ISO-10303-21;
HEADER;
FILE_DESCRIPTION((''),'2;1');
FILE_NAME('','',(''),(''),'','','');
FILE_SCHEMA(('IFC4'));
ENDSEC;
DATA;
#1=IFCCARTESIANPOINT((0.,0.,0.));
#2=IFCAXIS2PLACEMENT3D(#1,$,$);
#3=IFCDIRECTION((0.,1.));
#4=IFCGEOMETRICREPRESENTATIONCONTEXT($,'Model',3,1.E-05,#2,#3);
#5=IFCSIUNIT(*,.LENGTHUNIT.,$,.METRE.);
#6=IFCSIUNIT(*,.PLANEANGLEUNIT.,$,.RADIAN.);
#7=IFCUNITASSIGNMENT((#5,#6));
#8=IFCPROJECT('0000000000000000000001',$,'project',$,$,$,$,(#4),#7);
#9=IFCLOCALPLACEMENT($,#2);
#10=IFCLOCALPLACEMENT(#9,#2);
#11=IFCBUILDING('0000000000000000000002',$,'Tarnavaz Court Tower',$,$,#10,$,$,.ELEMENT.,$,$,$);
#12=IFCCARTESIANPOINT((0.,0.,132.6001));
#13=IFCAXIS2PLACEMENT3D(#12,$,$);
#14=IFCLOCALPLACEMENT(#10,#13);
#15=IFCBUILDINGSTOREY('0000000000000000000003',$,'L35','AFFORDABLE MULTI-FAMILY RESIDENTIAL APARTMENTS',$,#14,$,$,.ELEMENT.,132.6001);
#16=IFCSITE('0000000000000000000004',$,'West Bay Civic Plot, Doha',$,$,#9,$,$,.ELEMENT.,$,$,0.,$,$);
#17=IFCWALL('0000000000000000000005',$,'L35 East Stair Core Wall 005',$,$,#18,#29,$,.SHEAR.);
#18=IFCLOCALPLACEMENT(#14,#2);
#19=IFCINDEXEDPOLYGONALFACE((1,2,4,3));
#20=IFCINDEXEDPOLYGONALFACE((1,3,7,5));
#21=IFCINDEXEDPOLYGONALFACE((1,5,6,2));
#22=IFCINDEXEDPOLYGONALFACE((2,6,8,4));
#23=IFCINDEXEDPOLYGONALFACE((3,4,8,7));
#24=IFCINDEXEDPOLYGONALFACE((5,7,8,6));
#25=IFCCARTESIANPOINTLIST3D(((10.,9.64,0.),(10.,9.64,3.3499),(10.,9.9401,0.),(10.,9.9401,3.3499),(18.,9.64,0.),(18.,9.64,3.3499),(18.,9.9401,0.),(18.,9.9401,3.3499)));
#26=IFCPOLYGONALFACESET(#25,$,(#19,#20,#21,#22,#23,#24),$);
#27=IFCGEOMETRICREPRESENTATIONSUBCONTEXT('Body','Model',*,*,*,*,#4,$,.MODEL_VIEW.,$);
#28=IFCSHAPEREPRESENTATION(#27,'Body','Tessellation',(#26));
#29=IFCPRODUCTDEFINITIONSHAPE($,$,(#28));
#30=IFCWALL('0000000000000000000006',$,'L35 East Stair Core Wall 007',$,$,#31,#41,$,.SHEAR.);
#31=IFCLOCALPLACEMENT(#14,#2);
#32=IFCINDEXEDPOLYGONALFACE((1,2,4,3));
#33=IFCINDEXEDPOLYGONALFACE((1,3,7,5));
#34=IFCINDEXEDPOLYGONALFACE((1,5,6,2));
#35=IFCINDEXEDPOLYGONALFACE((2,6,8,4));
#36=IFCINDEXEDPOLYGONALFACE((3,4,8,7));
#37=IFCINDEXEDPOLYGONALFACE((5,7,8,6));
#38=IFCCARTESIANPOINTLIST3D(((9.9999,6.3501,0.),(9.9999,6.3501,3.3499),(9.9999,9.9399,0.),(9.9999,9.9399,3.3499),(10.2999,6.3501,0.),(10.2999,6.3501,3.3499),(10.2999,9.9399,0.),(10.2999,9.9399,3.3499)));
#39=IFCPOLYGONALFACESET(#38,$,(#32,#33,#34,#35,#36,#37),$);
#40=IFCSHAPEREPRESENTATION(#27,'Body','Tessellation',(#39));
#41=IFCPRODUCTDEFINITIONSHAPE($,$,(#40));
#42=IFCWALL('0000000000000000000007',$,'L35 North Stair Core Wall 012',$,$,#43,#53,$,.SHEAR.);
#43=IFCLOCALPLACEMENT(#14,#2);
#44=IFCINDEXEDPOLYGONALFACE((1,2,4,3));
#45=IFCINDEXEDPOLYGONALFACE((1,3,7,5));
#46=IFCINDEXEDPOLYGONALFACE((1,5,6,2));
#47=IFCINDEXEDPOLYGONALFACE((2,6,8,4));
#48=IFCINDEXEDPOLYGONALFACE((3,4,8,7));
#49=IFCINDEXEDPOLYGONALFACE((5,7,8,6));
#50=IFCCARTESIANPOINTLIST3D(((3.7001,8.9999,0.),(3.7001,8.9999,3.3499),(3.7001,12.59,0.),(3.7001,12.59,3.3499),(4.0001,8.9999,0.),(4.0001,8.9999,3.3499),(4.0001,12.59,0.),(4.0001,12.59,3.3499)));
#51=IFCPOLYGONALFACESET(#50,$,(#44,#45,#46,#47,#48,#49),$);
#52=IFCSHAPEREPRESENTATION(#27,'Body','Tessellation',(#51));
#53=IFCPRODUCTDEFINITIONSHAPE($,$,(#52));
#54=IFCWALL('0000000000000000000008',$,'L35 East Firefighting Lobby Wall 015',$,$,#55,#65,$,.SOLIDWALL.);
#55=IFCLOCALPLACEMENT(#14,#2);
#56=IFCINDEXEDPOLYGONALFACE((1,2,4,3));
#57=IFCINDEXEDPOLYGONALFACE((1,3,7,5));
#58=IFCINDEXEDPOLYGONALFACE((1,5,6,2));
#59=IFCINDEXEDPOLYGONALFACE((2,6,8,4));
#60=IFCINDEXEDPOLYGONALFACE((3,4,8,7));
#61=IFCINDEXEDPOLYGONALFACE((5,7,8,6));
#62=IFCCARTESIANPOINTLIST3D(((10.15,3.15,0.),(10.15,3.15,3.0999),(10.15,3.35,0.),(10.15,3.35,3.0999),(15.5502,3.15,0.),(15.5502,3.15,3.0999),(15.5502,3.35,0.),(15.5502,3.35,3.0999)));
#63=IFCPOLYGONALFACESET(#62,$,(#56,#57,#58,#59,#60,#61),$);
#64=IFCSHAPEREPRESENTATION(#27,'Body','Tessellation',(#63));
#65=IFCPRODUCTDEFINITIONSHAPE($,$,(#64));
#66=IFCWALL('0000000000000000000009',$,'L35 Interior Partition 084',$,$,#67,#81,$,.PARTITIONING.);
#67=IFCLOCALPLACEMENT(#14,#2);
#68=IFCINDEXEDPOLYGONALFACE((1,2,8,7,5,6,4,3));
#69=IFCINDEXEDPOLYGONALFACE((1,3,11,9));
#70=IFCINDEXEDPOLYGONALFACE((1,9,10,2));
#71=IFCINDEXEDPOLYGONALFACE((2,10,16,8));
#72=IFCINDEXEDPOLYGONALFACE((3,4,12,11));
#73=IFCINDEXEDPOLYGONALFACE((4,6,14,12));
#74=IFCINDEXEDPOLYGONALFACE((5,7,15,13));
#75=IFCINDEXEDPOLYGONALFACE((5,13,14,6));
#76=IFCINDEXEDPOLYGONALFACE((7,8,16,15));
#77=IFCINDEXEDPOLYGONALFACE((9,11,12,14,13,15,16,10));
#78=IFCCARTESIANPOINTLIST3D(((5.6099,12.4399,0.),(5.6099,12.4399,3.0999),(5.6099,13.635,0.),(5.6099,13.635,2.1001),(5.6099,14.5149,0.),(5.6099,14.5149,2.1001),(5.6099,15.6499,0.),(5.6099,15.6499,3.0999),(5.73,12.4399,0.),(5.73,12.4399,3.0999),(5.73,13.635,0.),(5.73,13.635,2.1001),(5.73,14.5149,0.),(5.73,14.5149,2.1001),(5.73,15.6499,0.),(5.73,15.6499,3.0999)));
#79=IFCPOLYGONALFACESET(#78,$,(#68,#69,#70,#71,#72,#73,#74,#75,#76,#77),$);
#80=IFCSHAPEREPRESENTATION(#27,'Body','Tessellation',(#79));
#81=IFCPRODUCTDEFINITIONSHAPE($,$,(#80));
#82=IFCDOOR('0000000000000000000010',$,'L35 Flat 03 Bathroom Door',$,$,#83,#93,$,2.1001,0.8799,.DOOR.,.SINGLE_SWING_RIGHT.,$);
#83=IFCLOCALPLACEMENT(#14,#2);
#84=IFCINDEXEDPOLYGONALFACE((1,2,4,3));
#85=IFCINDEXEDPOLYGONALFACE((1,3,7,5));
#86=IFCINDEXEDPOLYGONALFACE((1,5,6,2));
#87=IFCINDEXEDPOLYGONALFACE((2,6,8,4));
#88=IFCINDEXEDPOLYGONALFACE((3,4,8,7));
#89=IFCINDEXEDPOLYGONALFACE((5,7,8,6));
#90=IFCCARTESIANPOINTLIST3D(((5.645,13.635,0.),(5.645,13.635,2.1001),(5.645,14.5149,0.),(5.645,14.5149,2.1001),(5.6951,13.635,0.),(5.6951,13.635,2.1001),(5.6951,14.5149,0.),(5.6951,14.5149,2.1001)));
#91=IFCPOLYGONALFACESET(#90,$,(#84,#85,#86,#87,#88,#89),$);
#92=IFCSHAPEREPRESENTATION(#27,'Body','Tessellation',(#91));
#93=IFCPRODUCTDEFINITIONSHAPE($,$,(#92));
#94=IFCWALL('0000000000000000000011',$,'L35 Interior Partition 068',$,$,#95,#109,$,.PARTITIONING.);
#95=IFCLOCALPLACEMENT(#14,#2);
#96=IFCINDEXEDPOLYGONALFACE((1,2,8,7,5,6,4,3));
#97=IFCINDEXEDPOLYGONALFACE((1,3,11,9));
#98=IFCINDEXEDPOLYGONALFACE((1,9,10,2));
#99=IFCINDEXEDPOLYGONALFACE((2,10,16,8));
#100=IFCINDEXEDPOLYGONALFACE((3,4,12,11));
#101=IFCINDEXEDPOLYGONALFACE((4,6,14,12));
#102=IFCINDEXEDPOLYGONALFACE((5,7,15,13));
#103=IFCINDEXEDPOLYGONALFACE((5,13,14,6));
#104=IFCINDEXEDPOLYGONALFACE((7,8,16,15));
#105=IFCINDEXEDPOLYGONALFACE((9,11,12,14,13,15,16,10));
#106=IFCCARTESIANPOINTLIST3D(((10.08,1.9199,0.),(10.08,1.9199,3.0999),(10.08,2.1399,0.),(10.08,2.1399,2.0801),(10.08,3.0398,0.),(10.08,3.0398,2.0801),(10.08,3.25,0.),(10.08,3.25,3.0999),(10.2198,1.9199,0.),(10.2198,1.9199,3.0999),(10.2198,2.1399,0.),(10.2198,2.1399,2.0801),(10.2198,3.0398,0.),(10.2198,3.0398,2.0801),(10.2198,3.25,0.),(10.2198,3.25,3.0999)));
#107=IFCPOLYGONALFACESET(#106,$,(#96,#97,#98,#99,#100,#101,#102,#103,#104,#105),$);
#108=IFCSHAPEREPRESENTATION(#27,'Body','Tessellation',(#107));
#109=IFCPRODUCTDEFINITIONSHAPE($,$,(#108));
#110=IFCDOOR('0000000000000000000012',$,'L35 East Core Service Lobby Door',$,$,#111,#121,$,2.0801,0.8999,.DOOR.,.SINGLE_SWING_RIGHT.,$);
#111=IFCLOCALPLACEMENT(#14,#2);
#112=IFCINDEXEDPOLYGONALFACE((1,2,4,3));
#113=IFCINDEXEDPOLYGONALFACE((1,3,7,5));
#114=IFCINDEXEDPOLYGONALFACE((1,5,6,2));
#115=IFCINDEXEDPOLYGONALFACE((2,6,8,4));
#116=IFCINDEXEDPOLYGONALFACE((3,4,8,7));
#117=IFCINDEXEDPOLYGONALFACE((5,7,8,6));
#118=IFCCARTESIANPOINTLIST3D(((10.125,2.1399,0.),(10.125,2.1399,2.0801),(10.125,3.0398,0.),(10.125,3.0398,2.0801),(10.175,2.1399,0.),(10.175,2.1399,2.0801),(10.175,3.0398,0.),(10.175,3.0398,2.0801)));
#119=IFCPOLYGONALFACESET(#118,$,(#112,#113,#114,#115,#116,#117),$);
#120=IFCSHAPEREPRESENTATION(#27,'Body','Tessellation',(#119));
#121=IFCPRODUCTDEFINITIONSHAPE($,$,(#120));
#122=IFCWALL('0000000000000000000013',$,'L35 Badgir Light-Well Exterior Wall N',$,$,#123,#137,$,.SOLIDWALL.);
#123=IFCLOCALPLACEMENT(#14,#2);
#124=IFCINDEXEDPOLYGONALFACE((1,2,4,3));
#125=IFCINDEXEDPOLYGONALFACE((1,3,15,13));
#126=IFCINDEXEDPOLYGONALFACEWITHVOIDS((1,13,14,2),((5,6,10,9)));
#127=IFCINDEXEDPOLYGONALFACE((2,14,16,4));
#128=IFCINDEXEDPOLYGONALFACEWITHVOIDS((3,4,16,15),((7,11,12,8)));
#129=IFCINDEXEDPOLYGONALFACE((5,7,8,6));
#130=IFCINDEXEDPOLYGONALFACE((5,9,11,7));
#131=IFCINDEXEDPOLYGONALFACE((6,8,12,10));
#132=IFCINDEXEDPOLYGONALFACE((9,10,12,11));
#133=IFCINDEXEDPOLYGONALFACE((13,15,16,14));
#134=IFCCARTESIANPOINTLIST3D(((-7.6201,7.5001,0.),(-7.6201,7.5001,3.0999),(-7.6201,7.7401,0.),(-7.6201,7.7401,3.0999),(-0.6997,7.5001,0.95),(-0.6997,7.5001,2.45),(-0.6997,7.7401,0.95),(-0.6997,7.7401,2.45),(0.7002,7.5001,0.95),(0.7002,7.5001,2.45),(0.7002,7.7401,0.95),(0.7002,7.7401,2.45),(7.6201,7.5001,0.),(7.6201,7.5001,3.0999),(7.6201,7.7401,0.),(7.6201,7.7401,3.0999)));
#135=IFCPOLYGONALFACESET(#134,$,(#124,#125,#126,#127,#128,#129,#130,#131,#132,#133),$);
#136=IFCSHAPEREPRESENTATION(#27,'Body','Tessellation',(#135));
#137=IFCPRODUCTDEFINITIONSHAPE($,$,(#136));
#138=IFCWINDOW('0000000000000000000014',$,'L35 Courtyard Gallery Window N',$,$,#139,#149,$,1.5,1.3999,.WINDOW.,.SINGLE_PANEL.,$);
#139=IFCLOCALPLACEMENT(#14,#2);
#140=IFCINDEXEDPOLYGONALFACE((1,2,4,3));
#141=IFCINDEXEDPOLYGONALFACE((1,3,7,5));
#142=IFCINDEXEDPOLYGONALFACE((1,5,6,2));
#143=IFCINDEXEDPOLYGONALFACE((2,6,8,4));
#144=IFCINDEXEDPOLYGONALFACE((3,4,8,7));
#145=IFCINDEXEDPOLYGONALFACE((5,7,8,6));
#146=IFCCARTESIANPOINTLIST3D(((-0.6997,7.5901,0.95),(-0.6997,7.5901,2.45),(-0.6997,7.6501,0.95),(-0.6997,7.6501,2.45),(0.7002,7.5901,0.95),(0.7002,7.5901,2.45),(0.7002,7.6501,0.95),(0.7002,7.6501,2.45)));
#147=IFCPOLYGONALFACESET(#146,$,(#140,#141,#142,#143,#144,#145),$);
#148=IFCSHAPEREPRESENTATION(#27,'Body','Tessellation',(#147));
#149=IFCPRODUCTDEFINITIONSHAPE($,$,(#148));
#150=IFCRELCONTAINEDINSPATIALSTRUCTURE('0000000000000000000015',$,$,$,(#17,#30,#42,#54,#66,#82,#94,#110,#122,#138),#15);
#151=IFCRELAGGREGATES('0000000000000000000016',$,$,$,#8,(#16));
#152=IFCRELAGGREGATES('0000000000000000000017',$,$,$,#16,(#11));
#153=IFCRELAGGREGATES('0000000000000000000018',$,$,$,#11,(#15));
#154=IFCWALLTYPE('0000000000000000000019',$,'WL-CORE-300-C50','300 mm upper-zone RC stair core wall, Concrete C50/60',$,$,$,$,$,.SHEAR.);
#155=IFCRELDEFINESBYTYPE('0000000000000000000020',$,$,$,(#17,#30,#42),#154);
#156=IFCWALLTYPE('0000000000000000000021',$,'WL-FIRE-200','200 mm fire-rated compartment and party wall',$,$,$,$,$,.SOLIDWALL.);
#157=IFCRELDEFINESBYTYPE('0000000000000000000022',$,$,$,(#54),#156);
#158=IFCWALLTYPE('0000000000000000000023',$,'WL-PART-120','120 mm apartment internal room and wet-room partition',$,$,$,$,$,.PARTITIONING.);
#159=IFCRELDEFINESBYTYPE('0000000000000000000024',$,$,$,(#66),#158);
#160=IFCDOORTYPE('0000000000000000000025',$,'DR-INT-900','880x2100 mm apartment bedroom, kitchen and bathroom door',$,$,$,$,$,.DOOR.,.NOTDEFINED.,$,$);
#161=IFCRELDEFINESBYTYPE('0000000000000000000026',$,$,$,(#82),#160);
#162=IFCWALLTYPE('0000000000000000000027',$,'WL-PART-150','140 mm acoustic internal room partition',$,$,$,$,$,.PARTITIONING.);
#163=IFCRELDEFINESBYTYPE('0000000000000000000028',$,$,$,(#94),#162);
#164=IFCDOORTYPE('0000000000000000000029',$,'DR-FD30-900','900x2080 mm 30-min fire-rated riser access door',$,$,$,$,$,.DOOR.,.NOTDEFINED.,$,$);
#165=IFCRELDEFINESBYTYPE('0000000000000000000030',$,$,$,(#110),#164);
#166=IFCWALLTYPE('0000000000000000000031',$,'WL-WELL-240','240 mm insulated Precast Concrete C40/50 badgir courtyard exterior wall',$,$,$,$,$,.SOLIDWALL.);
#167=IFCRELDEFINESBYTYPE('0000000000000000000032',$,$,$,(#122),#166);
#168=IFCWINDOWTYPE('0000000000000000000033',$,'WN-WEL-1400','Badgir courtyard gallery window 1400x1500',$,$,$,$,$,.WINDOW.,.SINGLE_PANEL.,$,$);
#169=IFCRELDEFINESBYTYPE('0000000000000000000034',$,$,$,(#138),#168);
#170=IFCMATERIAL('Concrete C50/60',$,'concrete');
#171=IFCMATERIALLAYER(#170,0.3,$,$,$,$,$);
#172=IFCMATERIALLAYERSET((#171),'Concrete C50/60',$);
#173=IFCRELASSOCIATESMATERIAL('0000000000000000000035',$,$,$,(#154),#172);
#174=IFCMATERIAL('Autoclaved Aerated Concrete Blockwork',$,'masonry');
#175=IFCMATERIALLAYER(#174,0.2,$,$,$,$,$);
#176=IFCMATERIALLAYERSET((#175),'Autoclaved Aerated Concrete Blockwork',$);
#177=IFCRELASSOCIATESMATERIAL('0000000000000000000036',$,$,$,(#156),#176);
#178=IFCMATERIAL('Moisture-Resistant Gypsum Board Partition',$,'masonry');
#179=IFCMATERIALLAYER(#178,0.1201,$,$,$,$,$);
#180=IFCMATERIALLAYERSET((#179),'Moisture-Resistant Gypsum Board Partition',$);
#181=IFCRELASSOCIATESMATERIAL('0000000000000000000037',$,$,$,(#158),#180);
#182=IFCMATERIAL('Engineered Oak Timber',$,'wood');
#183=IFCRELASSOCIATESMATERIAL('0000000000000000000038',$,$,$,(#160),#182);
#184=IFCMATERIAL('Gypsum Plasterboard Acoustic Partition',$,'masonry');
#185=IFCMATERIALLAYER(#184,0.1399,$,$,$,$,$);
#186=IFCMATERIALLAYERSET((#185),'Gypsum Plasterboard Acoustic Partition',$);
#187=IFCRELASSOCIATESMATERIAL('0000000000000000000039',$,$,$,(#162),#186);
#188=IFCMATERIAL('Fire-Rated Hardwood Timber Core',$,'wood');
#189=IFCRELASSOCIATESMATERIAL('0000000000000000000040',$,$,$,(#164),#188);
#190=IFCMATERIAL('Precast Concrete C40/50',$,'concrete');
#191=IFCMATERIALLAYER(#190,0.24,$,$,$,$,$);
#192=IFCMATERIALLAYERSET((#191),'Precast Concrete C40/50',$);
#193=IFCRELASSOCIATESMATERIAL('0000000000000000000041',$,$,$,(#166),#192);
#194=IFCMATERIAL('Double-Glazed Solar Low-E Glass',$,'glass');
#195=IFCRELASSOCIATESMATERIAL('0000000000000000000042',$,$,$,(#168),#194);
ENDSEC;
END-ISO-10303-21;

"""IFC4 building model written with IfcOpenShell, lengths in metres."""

from ifc_helpers import new_model, si_unit, direction, frame, frame_2d, origin, place, context, subcontext, project, spatial, rectangle, extrude, material, layer, layer_set, type_object, element, fill, save


model = new_model("IFC4")

# Units and contexts
model_context = context("Model", 3, precision=1e-05, world=origin(), true_north=direction((0.0, 1.0)))
body_context = subcontext(model_context, "Body", "Model", "MODEL_VIEW")
ifc_project = project(units=[si_unit("LENGTHUNIT", "METRE"), si_unit("PLANEANGLEUNIT", "RADIAN")], contexts=[model_context])

# Site, building, storey
site_placement = place(None, origin())
site = spatial("IfcSite", under=ifc_project, at=site_placement, Name="West Bay Civic Plot, Doha", CompositionType="ELEMENT", RefElevation=0.0)
building_placement = place(site_placement, origin())
building = spatial("IfcBuilding", under=site, at=building_placement, Name="Tarnavaz Court Tower", CompositionType="ELEMENT")
storey_placement = place(building_placement, frame((0.0, 0.0, 132.6001)))
storey = spatial("IfcBuildingStorey", under=building, at=storey_placement, Name="L35", Description="AFFORDABLE MULTI-FAMILY RESIDENTIAL APARTMENTS", CompositionType="ELEMENT", Elevation=132.6001)

# Wall
ifc_material_1 = material(Name="Concrete C50/60", Category="concrete")
ifc_layer_1 = layer(ifc_material_1, 0.3)
ifc_layer_set_1 = layer_set([ifc_layer_1], Name="Concrete C50/60")
wall_type_1 = type_object("IfcWallType", Name="WL-CORE-300-C50", Description="300 mm upper-zone RC stair core wall, Concrete C50/60", PredefinedType="SHEAR", material=ifc_layer_set_1)
wall_1_placement = place(storey_placement, frame((10.0, 9.79, 0.0), z_axis=(0.0, 0.0, 1.0), x_axis=(1.0, 0.0, 0.0)))
element("IfcWall", 1, at=wall_1_placement, inside=storey, type_object=wall_type_1, Name="L35 East Stair Core Wall 005", PredefinedType="SHEAR", context=body_context, shape_type="SweptSolid", body=[
    extrude(rectangle(XDim=8.0, YDim=0.3, at=frame_2d((4.0, 0.0))), origin(), (0.0, 0.0, 1.0), 3.3499),
])

# Shared definitions
ifc_material_2 = material(Name="Fire-Rated Hardwood Timber Core", Category="wood")

# Walls
wall_2_placement = place(storey_placement, frame((10.1499, 6.3501, 0.0), z_axis=(0.0, 0.0, 1.0), x_axis=(0.0, 1.0, 0.0)))
element("IfcWall", 2, at=wall_2_placement, inside=storey, type_object=wall_type_1, Name="L35 East Stair Core Wall 007", PredefinedType="SHEAR", context=body_context, shape_type="SweptSolid", body=[
    extrude(rectangle(XDim=3.5898, YDim=0.3, at=frame_2d((1.7949, 0.0))), origin(), (0.0, 0.0, 1.0), 3.3499),
])
wall_3_placement = place(storey_placement, frame((3.8501, 9.0, 0.0), z_axis=(0.0, 0.0, 1.0), x_axis=(0.0, 1.0, 0.0)))
element("IfcWall", 3, at=wall_3_placement, inside=storey, type_object=wall_type_1, Name="L35 North Stair Core Wall 012", PredefinedType="SHEAR", context=body_context, shape_type="SweptSolid", body=[
    extrude(rectangle(XDim=3.5901, YDim=0.3, at=frame_2d((1.7949, 0.0))), origin(), (0.0, 0.0, 1.0), 3.3499),
])
ifc_material_3 = material(Name="Autoclaved Aerated Concrete Blockwork", Category="masonry")
ifc_layer_2 = layer(ifc_material_3, 0.2)
ifc_layer_set_2 = layer_set([ifc_layer_2], Name="Autoclaved Aerated Concrete Blockwork")
wall_type_2 = type_object("IfcWallType", Name="WL-FIRE-200", Description="200 mm fire-rated compartment and party wall", PredefinedType="SOLIDWALL", material=ifc_layer_set_2)
wall_4_placement = place(storey_placement, frame((10.1499, 3.25, 0.0), z_axis=(0.0, 0.0, 1.0), x_axis=(1.0, 0.0, 0.0)))
element("IfcWall", 4, at=wall_4_placement, inside=storey, type_object=wall_type_2, Name="L35 East Firefighting Lobby Wall 015", PredefinedType="SOLIDWALL", context=body_context, shape_type="SweptSolid", body=[
    extrude(rectangle(XDim=5.4001, YDim=0.2, at=frame_2d((2.7002, 0.0))), origin(), (0.0, 0.0, 1.0), 3.0999),
])

# Walls, openings, doors
ifc_material_4 = material(Name="Moisture-Resistant Gypsum Board Partition", Category="masonry")
ifc_layer_3 = layer(ifc_material_4, 0.1201)
ifc_layer_set_3 = layer_set([ifc_layer_3], Name="Moisture-Resistant Gypsum Board Partition")
wall_type_3 = type_object("IfcWallType", Name="WL-PART-120", Description="120 mm apartment internal room and wet-room partition", PredefinedType="PARTITIONING", material=ifc_layer_set_3)
wall_5_placement = place(storey_placement, frame((5.6699, 12.4399, 0.0), z_axis=(0.0, 0.0, 1.0), x_axis=(0.0, 1.0, 0.0)))
wall_5 = element("IfcWall", 5, at=wall_5_placement, inside=storey, type_object=wall_type_3, Name="L35 Interior Partition 084", PredefinedType="PARTITIONING", context=body_context, shape_type="SweptSolid", body=[
    extrude(rectangle(XDim=3.21, YDim=0.1201, at=frame_2d((1.605, 0.0))), origin(), (0.0, 0.0, 1.0), 3.0999),
])
opening_1_placement = place(wall_5_placement, frame((1.1951, 0.0, 0.0)))
opening_1 = element("IfcOpeningElement", 6, at=opening_1_placement, cuts=wall_5, PredefinedType="OPENING", context=body_context, shape_type="SweptSolid", body=[
    extrude(rectangle(XDim=0.8799, YDim=2.1001, at=frame_2d((0.4399, 1.05))), frame((0.0, 0.0701, 0.0), z_axis=(0.0, -1.0, 0.0), x_axis=(1.0, 0.0, 0.0)), (0.0, 0.0, 1.0), 0.1401),
])
ifc_material_5 = material(Name="Engineered Oak Timber", Category="wood")
door_type_1 = type_object("IfcDoorType", Name="DR-INT-900", Description="880x2100 mm apartment bedroom, kitchen and bathroom door", OperationType="NOTDEFINED", PredefinedType="DOOR", material=ifc_material_5)
door_1_placement = place(opening_1_placement, origin())
door_1 = element("IfcDoor", 7, at=door_1_placement, inside=storey, type_object=door_type_1, Name="L35 Flat 03 Bathroom Door", OperationType="SINGLE_SWING_RIGHT", OverallHeight=2.1001, OverallWidth=0.8799, PredefinedType="DOOR", context=body_context, shape_type="SweptSolid", body=[
    extrude(rectangle(XDim=0.8799, YDim=2.1001, at=frame_2d((0.4399, 1.05))), frame((0.0, 0.0249, 0.0), z_axis=(0.0, -1.0, 0.0), x_axis=(1.0, 0.0, 0.0)), (0.0, 0.0, 1.0), 0.05),
])
fill(opening_1, door_1)
ifc_material_6 = material(Name="Gypsum Plasterboard Acoustic Partition", Category="masonry")
ifc_layer_4 = layer(ifc_material_6, 0.1399)
ifc_layer_set_4 = layer_set([ifc_layer_4], Name="Gypsum Plasterboard Acoustic Partition")
wall_type_4 = type_object("IfcWallType", Name="WL-PART-150", Description="140 mm acoustic internal room partition", PredefinedType="PARTITIONING", material=ifc_layer_set_4)
wall_6_placement = place(storey_placement, frame((10.1499, 1.9199, 0.0), z_axis=(0.0, 0.0, 1.0), x_axis=(0.0, 1.0, 0.0)))
wall_6 = element("IfcWall", 8, at=wall_6_placement, inside=storey, type_object=wall_type_4, Name="L35 Interior Partition 068", PredefinedType="PARTITIONING", context=body_context, shape_type="SweptSolid", body=[
    extrude(rectangle(XDim=1.3301, YDim=0.1399, at=frame_2d((0.665, 0.0))), origin(), (0.0, 0.0, 1.0), 3.0999),
])
opening_2_placement = place(wall_6_placement, frame((0.22, 0.0, 0.0)))
opening_2 = element("IfcOpeningElement", 9, at=opening_2_placement, cuts=wall_6, PredefinedType="OPENING", context=body_context, shape_type="SweptSolid", body=[
    extrude(rectangle(XDim=0.8999, YDim=2.0801, at=frame_2d((0.45, 1.04))), frame((0.0, 0.0798, 0.0), z_axis=(0.0, -1.0, 0.0), x_axis=(1.0, 0.0, 0.0)), (0.0, 0.0, 1.0), 0.1599),
])
door_type_2 = type_object("IfcDoorType", Name="DR-FD30-900", Description="900x2080 mm 30-min fire-rated riser access door", OperationType="NOTDEFINED", PredefinedType="DOOR", material=ifc_material_2)
door_2_placement = place(opening_2_placement, origin())
door_2 = element("IfcDoor", 10, at=door_2_placement, inside=storey, type_object=door_type_2, Name="L35 East Core Service Lobby Door", OperationType="SINGLE_SWING_RIGHT", OverallHeight=2.0801, OverallWidth=0.8999, PredefinedType="DOOR", context=body_context, shape_type="SweptSolid", body=[
    extrude(rectangle(XDim=0.8999, YDim=2.0801, at=frame_2d((0.45, 1.04))), frame((0.0, 0.0249, 0.0), z_axis=(0.0, -1.0, 0.0), x_axis=(1.0, 0.0, 0.0)), (0.0, 0.0, 1.0), 0.05),
])
fill(opening_2, door_2)

# Wall, opening, window
ifc_material_7 = material(Name="Precast Concrete C40/50", Category="concrete")
ifc_layer_5 = layer(ifc_material_7, 0.24)
ifc_layer_set_5 = layer_set([ifc_layer_5], Name="Precast Concrete C40/50")
wall_type_5 = type_object("IfcWallType", Name="WL-WELL-240", Description="240 mm insulated Precast Concrete C40/50 badgir courtyard exterior wall", PredefinedType="SOLIDWALL", material=ifc_layer_set_5)
wall_7_placement = place(storey_placement, frame((7.6201, 7.6201, 0.0), z_axis=(0.0, 0.0, 1.0), x_axis=(-1.0, 0.0, 0.0)))
wall_7 = element("IfcWall", 11, at=wall_7_placement, inside=storey, type_object=wall_type_5, Name="L35 Badgir Light-Well Exterior Wall N", PredefinedType="SOLIDWALL", context=body_context, shape_type="SweptSolid", body=[
    extrude(rectangle(XDim=15.2402, YDim=0.24, at=frame_2d((7.6201, 0.0))), origin(), (0.0, 0.0, 1.0), 3.0999),
])
opening_3_placement = place(wall_7_placement, frame((6.9199, 0.0, 0.95)))
opening_3 = element("IfcOpeningElement", 12, at=opening_3_placement, cuts=wall_7, PredefinedType="OPENING", context=body_context, shape_type="SweptSolid", body=[
    extrude(rectangle(XDim=1.3999, YDim=1.5, at=frame_2d((0.7, 0.75))), frame((0.0, 0.1299, 0.0), z_axis=(0.0, -1.0, 0.0), x_axis=(1.0, 0.0, 0.0)), (0.0, 0.0, 1.0), 0.26),
])
ifc_material_8 = material(Name="Double-Glazed Solar Low-E Glass", Category="glass")
window_type = type_object("IfcWindowType", Name="WN-WEL-1400", Description="Badgir courtyard gallery window 1400x1500", PartitioningType="SINGLE_PANEL", PredefinedType="WINDOW", material=ifc_material_8)
window_placement = place(opening_3_placement, origin())
window = element("IfcWindow", 13, at=window_placement, inside=storey, type_object=window_type, Name="L35 Courtyard Gallery Window N", OverallHeight=1.5, OverallWidth=1.3999, PartitioningType="SINGLE_PANEL", PredefinedType="WINDOW", context=body_context, shape_type="SweptSolid", body=[
    extrude(rectangle(XDim=1.3999, YDim=1.5, at=frame_2d((0.7, 0.75))), frame((0.0, 0.03, 0.0), z_axis=(0.0, -1.0, 0.0), x_axis=(1.0, 0.0, 0.0)), (0.0, 0.0, 1.0), 0.0601),
])
fill(opening_3, window)

save(model, "model.ifc")
